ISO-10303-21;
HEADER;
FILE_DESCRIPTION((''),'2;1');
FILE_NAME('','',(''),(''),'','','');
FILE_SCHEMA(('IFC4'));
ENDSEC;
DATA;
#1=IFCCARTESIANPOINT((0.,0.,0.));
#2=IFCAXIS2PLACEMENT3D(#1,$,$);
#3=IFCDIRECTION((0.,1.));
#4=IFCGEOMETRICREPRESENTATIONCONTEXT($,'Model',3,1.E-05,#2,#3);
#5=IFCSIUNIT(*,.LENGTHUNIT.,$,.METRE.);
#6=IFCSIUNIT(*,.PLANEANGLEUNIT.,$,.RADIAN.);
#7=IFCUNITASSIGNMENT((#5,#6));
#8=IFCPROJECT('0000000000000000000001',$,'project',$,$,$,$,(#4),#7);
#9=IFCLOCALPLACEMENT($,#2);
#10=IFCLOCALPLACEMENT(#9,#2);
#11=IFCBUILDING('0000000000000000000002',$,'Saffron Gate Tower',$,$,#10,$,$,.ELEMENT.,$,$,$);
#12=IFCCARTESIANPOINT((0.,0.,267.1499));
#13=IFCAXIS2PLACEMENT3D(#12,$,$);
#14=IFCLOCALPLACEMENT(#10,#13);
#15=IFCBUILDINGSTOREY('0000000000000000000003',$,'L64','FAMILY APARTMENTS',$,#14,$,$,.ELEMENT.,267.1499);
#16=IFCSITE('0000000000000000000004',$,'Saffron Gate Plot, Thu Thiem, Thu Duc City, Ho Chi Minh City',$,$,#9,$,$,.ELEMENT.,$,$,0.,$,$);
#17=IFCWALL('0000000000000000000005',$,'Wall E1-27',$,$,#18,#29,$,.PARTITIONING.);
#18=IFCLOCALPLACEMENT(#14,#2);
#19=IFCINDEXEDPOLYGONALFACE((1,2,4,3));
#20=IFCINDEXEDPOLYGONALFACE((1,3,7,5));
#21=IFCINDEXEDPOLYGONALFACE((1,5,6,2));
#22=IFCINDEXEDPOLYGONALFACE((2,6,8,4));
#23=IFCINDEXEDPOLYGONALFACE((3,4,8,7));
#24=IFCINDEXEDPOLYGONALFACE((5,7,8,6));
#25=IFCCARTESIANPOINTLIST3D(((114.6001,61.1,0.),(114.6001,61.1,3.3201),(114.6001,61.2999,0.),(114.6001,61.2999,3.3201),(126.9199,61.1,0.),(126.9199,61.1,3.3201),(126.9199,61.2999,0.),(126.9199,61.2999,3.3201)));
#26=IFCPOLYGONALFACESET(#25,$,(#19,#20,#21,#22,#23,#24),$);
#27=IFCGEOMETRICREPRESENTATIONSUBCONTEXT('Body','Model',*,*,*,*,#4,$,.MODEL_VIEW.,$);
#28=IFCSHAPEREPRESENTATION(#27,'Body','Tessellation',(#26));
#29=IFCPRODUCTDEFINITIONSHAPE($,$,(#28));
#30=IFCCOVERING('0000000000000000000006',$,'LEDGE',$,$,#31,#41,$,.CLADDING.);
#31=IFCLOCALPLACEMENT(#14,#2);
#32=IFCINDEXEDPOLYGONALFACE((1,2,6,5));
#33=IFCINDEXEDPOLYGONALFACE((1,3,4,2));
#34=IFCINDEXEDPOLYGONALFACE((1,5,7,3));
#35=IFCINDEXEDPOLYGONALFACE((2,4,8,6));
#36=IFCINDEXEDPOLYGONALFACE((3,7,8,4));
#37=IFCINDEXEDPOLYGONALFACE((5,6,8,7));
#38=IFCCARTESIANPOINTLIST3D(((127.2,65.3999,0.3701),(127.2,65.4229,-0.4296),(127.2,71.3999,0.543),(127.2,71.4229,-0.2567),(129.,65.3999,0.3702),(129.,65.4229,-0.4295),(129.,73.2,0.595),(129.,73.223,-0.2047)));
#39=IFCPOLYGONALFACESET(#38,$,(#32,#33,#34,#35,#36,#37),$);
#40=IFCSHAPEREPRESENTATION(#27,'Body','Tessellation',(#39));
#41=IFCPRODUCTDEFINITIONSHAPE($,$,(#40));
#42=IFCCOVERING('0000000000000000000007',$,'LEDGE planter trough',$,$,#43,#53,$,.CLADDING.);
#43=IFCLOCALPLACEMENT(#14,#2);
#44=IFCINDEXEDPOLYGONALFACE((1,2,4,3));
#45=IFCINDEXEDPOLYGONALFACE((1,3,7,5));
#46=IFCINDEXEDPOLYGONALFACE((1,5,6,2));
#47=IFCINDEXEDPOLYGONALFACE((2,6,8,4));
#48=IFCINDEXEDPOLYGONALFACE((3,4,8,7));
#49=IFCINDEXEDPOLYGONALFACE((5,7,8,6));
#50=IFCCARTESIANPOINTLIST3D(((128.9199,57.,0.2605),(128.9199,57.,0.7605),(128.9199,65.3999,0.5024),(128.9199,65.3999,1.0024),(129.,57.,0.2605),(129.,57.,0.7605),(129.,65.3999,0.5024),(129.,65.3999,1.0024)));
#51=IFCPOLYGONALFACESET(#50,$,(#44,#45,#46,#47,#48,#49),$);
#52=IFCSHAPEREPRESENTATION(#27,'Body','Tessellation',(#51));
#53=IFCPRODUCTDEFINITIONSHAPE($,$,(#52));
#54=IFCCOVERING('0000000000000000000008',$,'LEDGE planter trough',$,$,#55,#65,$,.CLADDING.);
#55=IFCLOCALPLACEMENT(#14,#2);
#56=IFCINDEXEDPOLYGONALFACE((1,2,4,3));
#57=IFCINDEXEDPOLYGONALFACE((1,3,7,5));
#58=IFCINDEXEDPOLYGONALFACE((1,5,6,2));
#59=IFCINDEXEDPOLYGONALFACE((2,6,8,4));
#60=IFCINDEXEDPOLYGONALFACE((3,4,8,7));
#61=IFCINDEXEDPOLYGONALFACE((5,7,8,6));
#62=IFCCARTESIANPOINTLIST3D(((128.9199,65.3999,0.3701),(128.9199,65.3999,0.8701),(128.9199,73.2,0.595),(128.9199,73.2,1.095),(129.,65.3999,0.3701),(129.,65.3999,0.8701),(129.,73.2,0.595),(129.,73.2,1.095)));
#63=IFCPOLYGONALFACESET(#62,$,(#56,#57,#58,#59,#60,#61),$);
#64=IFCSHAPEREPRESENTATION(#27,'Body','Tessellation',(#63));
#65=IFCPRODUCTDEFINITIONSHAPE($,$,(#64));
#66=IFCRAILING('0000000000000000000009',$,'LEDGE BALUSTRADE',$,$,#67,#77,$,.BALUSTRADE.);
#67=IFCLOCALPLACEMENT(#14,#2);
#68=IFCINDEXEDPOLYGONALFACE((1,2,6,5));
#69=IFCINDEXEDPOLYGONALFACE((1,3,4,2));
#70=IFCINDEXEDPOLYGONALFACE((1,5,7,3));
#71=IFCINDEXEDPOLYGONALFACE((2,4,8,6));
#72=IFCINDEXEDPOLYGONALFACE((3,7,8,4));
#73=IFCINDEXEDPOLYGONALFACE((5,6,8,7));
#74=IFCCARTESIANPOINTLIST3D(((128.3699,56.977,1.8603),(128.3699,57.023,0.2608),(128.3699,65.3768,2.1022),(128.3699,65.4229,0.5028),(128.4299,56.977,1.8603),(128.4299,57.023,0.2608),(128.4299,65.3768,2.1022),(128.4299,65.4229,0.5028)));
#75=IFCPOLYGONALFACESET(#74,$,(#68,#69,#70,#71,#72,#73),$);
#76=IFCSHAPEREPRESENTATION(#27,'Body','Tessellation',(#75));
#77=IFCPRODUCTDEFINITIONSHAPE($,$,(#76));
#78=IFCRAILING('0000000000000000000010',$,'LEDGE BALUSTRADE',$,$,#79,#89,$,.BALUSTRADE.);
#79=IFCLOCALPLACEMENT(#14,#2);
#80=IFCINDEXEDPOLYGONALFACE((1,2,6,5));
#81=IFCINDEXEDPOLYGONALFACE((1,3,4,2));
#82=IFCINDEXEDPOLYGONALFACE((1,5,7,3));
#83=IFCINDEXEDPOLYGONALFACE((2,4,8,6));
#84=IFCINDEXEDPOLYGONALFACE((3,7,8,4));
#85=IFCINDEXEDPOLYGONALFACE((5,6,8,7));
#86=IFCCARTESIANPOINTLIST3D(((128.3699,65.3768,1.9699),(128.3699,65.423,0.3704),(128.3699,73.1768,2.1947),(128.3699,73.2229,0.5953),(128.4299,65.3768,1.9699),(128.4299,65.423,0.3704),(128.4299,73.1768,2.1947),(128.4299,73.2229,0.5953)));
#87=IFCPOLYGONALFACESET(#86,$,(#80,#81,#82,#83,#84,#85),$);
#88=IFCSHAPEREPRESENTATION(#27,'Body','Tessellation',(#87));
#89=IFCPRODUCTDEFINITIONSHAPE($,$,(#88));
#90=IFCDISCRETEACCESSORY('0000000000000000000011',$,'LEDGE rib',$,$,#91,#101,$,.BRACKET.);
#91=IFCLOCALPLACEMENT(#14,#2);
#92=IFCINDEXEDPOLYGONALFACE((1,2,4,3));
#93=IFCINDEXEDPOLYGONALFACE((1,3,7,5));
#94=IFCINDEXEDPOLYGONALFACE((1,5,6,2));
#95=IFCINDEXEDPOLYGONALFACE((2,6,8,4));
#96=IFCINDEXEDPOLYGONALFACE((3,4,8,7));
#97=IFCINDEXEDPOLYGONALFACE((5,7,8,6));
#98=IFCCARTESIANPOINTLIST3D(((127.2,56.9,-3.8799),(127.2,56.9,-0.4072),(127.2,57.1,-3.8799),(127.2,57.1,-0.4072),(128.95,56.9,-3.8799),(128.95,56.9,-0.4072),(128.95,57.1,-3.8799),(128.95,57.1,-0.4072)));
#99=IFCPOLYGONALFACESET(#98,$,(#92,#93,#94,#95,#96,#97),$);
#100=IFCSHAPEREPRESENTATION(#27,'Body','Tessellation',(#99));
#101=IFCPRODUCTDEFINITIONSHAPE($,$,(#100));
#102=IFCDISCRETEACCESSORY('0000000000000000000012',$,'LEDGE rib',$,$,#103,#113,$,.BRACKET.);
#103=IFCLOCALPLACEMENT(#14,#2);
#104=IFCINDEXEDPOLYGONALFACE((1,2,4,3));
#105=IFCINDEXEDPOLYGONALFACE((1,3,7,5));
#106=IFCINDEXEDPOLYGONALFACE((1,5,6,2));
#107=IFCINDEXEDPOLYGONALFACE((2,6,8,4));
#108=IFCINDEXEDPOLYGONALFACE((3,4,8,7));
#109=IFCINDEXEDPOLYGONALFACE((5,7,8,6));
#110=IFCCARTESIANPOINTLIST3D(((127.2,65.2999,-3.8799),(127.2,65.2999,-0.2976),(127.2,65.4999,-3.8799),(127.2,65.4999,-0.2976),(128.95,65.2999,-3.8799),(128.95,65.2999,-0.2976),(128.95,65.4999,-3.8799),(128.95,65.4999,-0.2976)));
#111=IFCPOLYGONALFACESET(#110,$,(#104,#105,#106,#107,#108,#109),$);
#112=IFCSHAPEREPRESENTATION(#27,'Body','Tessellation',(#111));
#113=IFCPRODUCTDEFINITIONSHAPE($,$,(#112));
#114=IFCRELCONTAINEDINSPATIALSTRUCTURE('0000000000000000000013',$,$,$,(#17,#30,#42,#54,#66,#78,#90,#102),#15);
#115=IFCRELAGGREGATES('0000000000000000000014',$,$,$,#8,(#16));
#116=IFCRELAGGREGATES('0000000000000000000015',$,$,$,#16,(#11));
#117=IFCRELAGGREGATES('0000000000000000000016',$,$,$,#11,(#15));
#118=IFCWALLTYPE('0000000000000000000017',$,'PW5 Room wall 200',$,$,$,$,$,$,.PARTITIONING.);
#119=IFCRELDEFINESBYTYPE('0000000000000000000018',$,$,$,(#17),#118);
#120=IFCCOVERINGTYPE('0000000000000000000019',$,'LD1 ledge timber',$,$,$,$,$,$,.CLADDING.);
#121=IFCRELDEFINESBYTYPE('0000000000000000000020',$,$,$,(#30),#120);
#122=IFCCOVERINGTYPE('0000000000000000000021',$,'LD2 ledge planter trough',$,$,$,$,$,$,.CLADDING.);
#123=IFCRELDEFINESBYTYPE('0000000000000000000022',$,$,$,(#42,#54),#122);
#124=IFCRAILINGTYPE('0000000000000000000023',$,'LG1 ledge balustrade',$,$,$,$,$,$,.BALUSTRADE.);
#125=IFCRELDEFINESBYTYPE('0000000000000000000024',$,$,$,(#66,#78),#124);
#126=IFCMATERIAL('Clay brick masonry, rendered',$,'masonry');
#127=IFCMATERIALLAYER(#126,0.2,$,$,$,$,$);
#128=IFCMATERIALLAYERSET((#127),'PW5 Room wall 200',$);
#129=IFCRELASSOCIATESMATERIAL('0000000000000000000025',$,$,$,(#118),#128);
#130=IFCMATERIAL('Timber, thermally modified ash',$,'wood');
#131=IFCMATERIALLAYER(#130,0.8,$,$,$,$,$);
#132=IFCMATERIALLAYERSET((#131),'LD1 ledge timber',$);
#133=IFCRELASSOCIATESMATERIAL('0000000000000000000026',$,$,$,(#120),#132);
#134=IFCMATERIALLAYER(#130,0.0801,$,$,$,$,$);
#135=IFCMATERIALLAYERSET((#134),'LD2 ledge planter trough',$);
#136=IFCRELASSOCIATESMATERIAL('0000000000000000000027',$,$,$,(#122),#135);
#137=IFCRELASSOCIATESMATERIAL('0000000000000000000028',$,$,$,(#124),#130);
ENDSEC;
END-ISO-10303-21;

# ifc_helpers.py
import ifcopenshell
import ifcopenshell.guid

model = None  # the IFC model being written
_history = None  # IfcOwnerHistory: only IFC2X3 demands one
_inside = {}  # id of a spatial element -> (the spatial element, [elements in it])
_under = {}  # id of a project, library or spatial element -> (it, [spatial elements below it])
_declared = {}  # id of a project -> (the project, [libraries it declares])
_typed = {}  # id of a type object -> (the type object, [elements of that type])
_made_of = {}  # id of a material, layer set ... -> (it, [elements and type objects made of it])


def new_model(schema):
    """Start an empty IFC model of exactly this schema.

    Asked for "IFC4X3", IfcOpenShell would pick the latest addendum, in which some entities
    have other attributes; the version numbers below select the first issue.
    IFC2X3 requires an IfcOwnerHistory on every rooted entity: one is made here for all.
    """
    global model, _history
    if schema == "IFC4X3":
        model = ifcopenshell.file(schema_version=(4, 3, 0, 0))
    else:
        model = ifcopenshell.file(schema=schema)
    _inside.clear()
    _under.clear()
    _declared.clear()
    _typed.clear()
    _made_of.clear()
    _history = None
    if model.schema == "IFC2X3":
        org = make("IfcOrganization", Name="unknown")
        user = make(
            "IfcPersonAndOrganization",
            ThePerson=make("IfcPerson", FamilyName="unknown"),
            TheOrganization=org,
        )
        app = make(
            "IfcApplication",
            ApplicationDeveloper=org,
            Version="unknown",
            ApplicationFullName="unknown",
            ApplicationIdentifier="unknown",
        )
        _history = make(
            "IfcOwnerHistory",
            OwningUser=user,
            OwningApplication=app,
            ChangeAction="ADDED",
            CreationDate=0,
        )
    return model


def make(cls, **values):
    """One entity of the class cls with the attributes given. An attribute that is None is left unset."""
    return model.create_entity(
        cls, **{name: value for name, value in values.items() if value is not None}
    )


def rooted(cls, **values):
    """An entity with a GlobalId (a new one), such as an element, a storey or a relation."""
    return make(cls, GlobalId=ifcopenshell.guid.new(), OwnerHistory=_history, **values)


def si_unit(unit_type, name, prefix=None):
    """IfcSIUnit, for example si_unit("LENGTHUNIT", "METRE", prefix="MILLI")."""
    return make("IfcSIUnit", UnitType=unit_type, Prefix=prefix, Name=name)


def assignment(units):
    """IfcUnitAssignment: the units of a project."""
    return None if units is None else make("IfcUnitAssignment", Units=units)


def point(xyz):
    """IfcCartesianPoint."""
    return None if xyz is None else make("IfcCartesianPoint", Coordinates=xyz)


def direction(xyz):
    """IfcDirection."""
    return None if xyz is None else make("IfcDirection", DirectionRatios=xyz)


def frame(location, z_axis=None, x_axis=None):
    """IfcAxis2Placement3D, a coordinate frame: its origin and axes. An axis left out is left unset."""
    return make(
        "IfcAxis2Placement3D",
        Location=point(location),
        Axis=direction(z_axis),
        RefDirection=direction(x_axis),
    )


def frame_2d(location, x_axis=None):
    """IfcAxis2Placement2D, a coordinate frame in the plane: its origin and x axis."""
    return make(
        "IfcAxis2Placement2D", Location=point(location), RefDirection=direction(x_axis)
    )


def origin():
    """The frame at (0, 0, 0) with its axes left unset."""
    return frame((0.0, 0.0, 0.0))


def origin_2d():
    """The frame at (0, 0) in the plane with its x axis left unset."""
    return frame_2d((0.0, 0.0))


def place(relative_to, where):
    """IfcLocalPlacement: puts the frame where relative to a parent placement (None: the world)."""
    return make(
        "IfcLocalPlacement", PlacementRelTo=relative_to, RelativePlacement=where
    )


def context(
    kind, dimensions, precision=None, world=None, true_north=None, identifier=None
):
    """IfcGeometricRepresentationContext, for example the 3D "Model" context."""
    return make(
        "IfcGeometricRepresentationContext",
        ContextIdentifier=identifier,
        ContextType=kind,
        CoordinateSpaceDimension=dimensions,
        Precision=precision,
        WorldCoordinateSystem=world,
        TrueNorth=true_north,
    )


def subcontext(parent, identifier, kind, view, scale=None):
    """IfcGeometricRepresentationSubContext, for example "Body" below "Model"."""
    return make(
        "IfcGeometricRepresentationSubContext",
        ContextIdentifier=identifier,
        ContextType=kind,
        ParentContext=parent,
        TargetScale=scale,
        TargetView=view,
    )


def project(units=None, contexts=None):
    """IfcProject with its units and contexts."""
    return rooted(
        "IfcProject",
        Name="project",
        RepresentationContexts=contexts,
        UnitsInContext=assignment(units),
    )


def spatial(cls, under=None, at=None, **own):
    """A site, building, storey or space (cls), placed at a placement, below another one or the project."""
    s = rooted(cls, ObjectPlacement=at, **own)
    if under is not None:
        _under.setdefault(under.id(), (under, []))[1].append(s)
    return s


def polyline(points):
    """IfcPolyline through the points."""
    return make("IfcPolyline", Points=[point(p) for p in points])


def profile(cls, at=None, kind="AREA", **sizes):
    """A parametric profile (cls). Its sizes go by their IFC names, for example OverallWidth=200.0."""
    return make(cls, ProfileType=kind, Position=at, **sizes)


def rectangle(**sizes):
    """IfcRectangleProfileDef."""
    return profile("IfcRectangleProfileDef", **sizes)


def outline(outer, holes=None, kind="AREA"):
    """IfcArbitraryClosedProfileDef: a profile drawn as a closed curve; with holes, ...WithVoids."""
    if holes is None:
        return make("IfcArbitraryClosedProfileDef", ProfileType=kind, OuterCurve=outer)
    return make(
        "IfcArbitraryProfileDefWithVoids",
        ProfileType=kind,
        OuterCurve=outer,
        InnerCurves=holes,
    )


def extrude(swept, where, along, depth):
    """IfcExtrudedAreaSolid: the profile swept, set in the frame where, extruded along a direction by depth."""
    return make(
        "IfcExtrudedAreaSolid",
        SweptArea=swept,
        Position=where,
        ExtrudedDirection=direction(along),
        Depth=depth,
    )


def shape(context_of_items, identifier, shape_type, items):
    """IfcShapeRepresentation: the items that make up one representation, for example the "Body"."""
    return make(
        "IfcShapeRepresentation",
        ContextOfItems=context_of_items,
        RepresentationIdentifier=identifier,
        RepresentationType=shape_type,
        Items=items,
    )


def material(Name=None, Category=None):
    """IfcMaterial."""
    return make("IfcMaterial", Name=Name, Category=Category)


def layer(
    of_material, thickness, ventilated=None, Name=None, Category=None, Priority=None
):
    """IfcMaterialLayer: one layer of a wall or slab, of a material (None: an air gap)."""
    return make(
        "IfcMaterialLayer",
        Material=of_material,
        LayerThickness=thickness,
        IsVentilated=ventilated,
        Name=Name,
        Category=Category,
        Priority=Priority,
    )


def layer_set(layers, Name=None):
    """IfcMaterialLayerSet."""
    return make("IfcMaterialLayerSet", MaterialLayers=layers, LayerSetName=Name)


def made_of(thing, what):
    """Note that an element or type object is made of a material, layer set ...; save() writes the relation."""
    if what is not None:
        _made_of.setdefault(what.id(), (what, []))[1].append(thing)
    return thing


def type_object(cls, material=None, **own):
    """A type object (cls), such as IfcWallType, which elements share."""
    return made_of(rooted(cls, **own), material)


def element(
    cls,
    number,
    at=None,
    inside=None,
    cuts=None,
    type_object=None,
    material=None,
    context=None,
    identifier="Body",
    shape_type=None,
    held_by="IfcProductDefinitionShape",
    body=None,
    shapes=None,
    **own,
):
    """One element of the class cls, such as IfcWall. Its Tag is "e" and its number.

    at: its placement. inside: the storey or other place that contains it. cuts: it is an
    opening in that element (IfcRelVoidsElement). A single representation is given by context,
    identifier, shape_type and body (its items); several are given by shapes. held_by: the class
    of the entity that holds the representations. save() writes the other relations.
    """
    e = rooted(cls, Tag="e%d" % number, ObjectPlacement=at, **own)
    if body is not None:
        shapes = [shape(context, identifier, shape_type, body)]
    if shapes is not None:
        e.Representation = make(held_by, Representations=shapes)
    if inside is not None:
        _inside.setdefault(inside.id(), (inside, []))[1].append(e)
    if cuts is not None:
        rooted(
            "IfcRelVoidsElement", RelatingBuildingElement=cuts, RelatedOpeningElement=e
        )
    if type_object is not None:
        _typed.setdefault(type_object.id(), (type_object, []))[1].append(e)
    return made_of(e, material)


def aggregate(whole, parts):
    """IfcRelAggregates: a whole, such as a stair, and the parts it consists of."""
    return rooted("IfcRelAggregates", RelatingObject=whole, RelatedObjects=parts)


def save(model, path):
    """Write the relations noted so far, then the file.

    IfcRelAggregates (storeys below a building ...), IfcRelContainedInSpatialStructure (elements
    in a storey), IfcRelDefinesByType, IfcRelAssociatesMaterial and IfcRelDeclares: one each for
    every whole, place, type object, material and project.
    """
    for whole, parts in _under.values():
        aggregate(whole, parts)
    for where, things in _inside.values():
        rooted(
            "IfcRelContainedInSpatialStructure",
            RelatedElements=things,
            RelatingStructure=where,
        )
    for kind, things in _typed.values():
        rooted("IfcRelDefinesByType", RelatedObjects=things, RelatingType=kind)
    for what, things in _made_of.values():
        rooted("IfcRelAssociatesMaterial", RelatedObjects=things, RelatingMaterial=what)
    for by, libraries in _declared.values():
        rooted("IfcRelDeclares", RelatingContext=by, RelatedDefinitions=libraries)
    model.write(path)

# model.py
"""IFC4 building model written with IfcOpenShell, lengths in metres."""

from ifc_helpers import new_model, si_unit, direction, frame, frame_2d, origin, origin_2d, place, context, subcontext, project, spatial, polyline, rectangle, outline, extrude, material, layer, layer_set, type_object, element, save


model = new_model("IFC4")

# Units and contexts
model_context = context("Model", 3, precision=1e-05, world=origin(), true_north=direction((0.0, 1.0)))
body_context = subcontext(model_context, "Body", "Model", "MODEL_VIEW")
ifc_project = project(units=[si_unit("LENGTHUNIT", "METRE"), si_unit("PLANEANGLEUNIT", "RADIAN")], contexts=[model_context])

# Site, building, storey
site_placement = place(None, origin())
site = spatial("IfcSite", under=ifc_project, at=site_placement, Name="Saffron Gate Plot, Thu Thiem, Thu Duc City, Ho Chi Minh City", CompositionType="ELEMENT", RefElevation=0.0)
building_placement = place(site_placement, origin())
building = spatial("IfcBuilding", under=site, at=building_placement, Name="Saffron Gate Tower", CompositionType="ELEMENT")
storey_placement = place(building_placement, frame((0.0, 0.0, 267.1499)))
storey = spatial("IfcBuildingStorey", under=building, at=storey_placement, Name="L64", Description="FAMILY APARTMENTS", CompositionType="ELEMENT", Elevation=267.1499)

# Shared definitions
ifc_material_1 = material(Name="Clay brick masonry, rendered", Category="masonry")

# Wall
ifc_layer_1 = layer(ifc_material_1, 0.2)
ifc_layer_set_1 = layer_set([ifc_layer_1], Name="PW5 Room wall 200")
wall_type_1 = type_object("IfcWallType", Name="PW5 Room wall 200", PredefinedType="PARTITIONING", material=ifc_layer_set_1)
wall_1_placement = place(storey_placement, frame((114.6001, 61.2, 0.0), z_axis=(0.0, 0.0, 1.0), x_axis=(1.0, 0.0, 0.0)))
element("IfcWall", 1, at=wall_1_placement, inside=storey, type_object=wall_type_1, Name="Wall E1-27", PredefinedType="PARTITIONING", context=body_context, shape_type="SweptSolid", body=[
    extrude(rectangle(XDim=12.3198, YDim=0.2, at=frame_2d((6.1599, 0.0))), origin(), (0.0, 0.0, 1.0), 3.3201),
])

# Coverings
ifc_material_2 = material(Name="Timber, thermally modified ash", Category="wood")
ifc_layer_2 = layer(ifc_material_2, 0.8)
ifc_layer_set_2 = layer_set([ifc_layer_2], Name="LD1 ledge timber")
covering_type_1 = type_object("IfcCoveringType", Name="LD1 ledge timber", PredefinedType="CLADDING", material=ifc_layer_set_2)
covering_1_placement = place(storey_placement, frame((127.2, 65.3999, 0.3701), z_axis=(-0.000035, -0.028807, 0.999585), x_axis=(0.0, 0.999585, 0.028807)))
element("IfcCovering", 2, at=covering_1_placement, inside=storey, type_object=covering_type_1, Name="LEDGE", PredefinedType="CLADDING", context=body_context, shape_type="SweptSolid", body=[
    extrude(outline(polyline([(0.0, 0.0), (6.0025, 0.0), (7.8033, -1.8), (0.0, -1.8), (0.0, 0.0)])), origin(), (0.0, 0.0, -1.0), 0.8),
])
ifc_layer_3 = layer(ifc_material_2, 0.0801)
ifc_layer_set_3 = layer_set([ifc_layer_3], Name="LD2 ledge planter trough")
covering_type_2 = type_object("IfcCoveringType", Name="LD2 ledge planter trough", PredefinedType="CLADDING", material=ifc_layer_set_3)
covering_2_placement = place(storey_placement, frame((129.0, 57.0, 0.2605), z_axis=(1.0, 0.0, 0.0), x_axis=(0.0, 0.999585, 0.028791)))
element("IfcCovering", 3, at=covering_2_placement, inside=storey, type_object=covering_type_2, Name="LEDGE planter trough", PredefinedType="CLADDING", context=body_context, shape_type="SweptSolid", body=[
    extrude(outline(polyline([(0.0, 0.0), (8.4034, 0.0), (8.4178, 0.4998), (0.0144, 0.4998), (0.0, 0.0)])), origin(), (0.0, 0.0, -1.0), 0.0801),
])
covering_3_placement = place(storey_placement, frame((129.0, 65.3999, 0.3701), z_axis=(1.0, 0.0, 0.0), x_axis=(0.0, 0.999585, 0.028815)))
element("IfcCovering", 4, at=covering_3_placement, inside=storey, type_object=covering_type_2, Name="LEDGE planter trough", PredefinedType="CLADDING", context=body_context, shape_type="SweptSolid", body=[
    extrude(outline(polyline([(0.0, 0.0), (7.8033, 0.0), (7.8177, 0.4998), (0.0144, 0.4998), (0.0, 0.0)])), origin(), (0.0, 0.0, -1.0), 0.0801),
])

# Railings
railing_type = type_object("IfcRailingType", Name="LG1 ledge balustrade", PredefinedType="BALUSTRADE", material=ifc_material_2)
railing_1_placement = place(storey_placement, frame((128.3999, 57.0, 0.2605)))
element("IfcRailing", 5, at=railing_1_placement, inside=storey, type_object=railing_type, Name="LEDGE BALUSTRADE", PredefinedType="BALUSTRADE", context=body_context, shape_type="SweptSolid", body=[
    extrude(rectangle(XDim=0.0601, YDim=1.6001, at=origin_2d()), frame((0.0, 0.0, 0.8), z_axis=(0.0, 0.999585, 0.028791), x_axis=(-1.0, 0.0, 0.0)), (0.0, 0.0, 1.0), 8.4033),
])
railing_2_placement = place(storey_placement, frame((128.3999, 65.3999, 0.3701)))
element("IfcRailing", 6, at=railing_2_placement, inside=storey, type_object=railing_type, Name="LEDGE BALUSTRADE", PredefinedType="BALUSTRADE", context=body_context, shape_type="SweptSolid", body=[
    extrude(rectangle(XDim=0.0601, YDim=1.6001, at=origin_2d()), frame((0.0, 0.0, 0.8), z_axis=(0.0, 0.999585, 0.028815), x_axis=(-1.0, 0.0, 0.0)), (0.0, 0.0, 1.0), 7.8032),
])

# Discrete accessories
discrete_accessory_1_placement = place(storey_placement, frame((128.075, 57.0, -3.8799), z_axis=(0.0, 0.0, 1.0), x_axis=(0.0, 1.0, 0.0)))
element("IfcDiscreteAccessory", 7, at=discrete_accessory_1_placement, inside=storey, Name="LEDGE rib", PredefinedType="BRACKET", context=body_context, shape_type="SweptSolid", body=[
    extrude(rectangle(XDim=0.2, YDim=1.75, at=origin_2d()), origin(), (0.0, 0.0, 1.0), 3.4727),
])
discrete_accessory_2_placement = place(storey_placement, frame((128.075, 65.3999, -3.8799), z_axis=(0.0, 0.0, 1.0), x_axis=(0.0, 1.0, 0.0)))
element("IfcDiscreteAccessory", 8, at=discrete_accessory_2_placement, inside=storey, Name="LEDGE rib", PredefinedType="BRACKET", context=body_context, shape_type="SweptSolid", body=[
    extrude(rectangle(XDim=0.2, YDim=1.75, at=origin_2d()), origin(), (0.0, 0.0, 1.0), 3.5823),
])

save(model, "model.ifc")
